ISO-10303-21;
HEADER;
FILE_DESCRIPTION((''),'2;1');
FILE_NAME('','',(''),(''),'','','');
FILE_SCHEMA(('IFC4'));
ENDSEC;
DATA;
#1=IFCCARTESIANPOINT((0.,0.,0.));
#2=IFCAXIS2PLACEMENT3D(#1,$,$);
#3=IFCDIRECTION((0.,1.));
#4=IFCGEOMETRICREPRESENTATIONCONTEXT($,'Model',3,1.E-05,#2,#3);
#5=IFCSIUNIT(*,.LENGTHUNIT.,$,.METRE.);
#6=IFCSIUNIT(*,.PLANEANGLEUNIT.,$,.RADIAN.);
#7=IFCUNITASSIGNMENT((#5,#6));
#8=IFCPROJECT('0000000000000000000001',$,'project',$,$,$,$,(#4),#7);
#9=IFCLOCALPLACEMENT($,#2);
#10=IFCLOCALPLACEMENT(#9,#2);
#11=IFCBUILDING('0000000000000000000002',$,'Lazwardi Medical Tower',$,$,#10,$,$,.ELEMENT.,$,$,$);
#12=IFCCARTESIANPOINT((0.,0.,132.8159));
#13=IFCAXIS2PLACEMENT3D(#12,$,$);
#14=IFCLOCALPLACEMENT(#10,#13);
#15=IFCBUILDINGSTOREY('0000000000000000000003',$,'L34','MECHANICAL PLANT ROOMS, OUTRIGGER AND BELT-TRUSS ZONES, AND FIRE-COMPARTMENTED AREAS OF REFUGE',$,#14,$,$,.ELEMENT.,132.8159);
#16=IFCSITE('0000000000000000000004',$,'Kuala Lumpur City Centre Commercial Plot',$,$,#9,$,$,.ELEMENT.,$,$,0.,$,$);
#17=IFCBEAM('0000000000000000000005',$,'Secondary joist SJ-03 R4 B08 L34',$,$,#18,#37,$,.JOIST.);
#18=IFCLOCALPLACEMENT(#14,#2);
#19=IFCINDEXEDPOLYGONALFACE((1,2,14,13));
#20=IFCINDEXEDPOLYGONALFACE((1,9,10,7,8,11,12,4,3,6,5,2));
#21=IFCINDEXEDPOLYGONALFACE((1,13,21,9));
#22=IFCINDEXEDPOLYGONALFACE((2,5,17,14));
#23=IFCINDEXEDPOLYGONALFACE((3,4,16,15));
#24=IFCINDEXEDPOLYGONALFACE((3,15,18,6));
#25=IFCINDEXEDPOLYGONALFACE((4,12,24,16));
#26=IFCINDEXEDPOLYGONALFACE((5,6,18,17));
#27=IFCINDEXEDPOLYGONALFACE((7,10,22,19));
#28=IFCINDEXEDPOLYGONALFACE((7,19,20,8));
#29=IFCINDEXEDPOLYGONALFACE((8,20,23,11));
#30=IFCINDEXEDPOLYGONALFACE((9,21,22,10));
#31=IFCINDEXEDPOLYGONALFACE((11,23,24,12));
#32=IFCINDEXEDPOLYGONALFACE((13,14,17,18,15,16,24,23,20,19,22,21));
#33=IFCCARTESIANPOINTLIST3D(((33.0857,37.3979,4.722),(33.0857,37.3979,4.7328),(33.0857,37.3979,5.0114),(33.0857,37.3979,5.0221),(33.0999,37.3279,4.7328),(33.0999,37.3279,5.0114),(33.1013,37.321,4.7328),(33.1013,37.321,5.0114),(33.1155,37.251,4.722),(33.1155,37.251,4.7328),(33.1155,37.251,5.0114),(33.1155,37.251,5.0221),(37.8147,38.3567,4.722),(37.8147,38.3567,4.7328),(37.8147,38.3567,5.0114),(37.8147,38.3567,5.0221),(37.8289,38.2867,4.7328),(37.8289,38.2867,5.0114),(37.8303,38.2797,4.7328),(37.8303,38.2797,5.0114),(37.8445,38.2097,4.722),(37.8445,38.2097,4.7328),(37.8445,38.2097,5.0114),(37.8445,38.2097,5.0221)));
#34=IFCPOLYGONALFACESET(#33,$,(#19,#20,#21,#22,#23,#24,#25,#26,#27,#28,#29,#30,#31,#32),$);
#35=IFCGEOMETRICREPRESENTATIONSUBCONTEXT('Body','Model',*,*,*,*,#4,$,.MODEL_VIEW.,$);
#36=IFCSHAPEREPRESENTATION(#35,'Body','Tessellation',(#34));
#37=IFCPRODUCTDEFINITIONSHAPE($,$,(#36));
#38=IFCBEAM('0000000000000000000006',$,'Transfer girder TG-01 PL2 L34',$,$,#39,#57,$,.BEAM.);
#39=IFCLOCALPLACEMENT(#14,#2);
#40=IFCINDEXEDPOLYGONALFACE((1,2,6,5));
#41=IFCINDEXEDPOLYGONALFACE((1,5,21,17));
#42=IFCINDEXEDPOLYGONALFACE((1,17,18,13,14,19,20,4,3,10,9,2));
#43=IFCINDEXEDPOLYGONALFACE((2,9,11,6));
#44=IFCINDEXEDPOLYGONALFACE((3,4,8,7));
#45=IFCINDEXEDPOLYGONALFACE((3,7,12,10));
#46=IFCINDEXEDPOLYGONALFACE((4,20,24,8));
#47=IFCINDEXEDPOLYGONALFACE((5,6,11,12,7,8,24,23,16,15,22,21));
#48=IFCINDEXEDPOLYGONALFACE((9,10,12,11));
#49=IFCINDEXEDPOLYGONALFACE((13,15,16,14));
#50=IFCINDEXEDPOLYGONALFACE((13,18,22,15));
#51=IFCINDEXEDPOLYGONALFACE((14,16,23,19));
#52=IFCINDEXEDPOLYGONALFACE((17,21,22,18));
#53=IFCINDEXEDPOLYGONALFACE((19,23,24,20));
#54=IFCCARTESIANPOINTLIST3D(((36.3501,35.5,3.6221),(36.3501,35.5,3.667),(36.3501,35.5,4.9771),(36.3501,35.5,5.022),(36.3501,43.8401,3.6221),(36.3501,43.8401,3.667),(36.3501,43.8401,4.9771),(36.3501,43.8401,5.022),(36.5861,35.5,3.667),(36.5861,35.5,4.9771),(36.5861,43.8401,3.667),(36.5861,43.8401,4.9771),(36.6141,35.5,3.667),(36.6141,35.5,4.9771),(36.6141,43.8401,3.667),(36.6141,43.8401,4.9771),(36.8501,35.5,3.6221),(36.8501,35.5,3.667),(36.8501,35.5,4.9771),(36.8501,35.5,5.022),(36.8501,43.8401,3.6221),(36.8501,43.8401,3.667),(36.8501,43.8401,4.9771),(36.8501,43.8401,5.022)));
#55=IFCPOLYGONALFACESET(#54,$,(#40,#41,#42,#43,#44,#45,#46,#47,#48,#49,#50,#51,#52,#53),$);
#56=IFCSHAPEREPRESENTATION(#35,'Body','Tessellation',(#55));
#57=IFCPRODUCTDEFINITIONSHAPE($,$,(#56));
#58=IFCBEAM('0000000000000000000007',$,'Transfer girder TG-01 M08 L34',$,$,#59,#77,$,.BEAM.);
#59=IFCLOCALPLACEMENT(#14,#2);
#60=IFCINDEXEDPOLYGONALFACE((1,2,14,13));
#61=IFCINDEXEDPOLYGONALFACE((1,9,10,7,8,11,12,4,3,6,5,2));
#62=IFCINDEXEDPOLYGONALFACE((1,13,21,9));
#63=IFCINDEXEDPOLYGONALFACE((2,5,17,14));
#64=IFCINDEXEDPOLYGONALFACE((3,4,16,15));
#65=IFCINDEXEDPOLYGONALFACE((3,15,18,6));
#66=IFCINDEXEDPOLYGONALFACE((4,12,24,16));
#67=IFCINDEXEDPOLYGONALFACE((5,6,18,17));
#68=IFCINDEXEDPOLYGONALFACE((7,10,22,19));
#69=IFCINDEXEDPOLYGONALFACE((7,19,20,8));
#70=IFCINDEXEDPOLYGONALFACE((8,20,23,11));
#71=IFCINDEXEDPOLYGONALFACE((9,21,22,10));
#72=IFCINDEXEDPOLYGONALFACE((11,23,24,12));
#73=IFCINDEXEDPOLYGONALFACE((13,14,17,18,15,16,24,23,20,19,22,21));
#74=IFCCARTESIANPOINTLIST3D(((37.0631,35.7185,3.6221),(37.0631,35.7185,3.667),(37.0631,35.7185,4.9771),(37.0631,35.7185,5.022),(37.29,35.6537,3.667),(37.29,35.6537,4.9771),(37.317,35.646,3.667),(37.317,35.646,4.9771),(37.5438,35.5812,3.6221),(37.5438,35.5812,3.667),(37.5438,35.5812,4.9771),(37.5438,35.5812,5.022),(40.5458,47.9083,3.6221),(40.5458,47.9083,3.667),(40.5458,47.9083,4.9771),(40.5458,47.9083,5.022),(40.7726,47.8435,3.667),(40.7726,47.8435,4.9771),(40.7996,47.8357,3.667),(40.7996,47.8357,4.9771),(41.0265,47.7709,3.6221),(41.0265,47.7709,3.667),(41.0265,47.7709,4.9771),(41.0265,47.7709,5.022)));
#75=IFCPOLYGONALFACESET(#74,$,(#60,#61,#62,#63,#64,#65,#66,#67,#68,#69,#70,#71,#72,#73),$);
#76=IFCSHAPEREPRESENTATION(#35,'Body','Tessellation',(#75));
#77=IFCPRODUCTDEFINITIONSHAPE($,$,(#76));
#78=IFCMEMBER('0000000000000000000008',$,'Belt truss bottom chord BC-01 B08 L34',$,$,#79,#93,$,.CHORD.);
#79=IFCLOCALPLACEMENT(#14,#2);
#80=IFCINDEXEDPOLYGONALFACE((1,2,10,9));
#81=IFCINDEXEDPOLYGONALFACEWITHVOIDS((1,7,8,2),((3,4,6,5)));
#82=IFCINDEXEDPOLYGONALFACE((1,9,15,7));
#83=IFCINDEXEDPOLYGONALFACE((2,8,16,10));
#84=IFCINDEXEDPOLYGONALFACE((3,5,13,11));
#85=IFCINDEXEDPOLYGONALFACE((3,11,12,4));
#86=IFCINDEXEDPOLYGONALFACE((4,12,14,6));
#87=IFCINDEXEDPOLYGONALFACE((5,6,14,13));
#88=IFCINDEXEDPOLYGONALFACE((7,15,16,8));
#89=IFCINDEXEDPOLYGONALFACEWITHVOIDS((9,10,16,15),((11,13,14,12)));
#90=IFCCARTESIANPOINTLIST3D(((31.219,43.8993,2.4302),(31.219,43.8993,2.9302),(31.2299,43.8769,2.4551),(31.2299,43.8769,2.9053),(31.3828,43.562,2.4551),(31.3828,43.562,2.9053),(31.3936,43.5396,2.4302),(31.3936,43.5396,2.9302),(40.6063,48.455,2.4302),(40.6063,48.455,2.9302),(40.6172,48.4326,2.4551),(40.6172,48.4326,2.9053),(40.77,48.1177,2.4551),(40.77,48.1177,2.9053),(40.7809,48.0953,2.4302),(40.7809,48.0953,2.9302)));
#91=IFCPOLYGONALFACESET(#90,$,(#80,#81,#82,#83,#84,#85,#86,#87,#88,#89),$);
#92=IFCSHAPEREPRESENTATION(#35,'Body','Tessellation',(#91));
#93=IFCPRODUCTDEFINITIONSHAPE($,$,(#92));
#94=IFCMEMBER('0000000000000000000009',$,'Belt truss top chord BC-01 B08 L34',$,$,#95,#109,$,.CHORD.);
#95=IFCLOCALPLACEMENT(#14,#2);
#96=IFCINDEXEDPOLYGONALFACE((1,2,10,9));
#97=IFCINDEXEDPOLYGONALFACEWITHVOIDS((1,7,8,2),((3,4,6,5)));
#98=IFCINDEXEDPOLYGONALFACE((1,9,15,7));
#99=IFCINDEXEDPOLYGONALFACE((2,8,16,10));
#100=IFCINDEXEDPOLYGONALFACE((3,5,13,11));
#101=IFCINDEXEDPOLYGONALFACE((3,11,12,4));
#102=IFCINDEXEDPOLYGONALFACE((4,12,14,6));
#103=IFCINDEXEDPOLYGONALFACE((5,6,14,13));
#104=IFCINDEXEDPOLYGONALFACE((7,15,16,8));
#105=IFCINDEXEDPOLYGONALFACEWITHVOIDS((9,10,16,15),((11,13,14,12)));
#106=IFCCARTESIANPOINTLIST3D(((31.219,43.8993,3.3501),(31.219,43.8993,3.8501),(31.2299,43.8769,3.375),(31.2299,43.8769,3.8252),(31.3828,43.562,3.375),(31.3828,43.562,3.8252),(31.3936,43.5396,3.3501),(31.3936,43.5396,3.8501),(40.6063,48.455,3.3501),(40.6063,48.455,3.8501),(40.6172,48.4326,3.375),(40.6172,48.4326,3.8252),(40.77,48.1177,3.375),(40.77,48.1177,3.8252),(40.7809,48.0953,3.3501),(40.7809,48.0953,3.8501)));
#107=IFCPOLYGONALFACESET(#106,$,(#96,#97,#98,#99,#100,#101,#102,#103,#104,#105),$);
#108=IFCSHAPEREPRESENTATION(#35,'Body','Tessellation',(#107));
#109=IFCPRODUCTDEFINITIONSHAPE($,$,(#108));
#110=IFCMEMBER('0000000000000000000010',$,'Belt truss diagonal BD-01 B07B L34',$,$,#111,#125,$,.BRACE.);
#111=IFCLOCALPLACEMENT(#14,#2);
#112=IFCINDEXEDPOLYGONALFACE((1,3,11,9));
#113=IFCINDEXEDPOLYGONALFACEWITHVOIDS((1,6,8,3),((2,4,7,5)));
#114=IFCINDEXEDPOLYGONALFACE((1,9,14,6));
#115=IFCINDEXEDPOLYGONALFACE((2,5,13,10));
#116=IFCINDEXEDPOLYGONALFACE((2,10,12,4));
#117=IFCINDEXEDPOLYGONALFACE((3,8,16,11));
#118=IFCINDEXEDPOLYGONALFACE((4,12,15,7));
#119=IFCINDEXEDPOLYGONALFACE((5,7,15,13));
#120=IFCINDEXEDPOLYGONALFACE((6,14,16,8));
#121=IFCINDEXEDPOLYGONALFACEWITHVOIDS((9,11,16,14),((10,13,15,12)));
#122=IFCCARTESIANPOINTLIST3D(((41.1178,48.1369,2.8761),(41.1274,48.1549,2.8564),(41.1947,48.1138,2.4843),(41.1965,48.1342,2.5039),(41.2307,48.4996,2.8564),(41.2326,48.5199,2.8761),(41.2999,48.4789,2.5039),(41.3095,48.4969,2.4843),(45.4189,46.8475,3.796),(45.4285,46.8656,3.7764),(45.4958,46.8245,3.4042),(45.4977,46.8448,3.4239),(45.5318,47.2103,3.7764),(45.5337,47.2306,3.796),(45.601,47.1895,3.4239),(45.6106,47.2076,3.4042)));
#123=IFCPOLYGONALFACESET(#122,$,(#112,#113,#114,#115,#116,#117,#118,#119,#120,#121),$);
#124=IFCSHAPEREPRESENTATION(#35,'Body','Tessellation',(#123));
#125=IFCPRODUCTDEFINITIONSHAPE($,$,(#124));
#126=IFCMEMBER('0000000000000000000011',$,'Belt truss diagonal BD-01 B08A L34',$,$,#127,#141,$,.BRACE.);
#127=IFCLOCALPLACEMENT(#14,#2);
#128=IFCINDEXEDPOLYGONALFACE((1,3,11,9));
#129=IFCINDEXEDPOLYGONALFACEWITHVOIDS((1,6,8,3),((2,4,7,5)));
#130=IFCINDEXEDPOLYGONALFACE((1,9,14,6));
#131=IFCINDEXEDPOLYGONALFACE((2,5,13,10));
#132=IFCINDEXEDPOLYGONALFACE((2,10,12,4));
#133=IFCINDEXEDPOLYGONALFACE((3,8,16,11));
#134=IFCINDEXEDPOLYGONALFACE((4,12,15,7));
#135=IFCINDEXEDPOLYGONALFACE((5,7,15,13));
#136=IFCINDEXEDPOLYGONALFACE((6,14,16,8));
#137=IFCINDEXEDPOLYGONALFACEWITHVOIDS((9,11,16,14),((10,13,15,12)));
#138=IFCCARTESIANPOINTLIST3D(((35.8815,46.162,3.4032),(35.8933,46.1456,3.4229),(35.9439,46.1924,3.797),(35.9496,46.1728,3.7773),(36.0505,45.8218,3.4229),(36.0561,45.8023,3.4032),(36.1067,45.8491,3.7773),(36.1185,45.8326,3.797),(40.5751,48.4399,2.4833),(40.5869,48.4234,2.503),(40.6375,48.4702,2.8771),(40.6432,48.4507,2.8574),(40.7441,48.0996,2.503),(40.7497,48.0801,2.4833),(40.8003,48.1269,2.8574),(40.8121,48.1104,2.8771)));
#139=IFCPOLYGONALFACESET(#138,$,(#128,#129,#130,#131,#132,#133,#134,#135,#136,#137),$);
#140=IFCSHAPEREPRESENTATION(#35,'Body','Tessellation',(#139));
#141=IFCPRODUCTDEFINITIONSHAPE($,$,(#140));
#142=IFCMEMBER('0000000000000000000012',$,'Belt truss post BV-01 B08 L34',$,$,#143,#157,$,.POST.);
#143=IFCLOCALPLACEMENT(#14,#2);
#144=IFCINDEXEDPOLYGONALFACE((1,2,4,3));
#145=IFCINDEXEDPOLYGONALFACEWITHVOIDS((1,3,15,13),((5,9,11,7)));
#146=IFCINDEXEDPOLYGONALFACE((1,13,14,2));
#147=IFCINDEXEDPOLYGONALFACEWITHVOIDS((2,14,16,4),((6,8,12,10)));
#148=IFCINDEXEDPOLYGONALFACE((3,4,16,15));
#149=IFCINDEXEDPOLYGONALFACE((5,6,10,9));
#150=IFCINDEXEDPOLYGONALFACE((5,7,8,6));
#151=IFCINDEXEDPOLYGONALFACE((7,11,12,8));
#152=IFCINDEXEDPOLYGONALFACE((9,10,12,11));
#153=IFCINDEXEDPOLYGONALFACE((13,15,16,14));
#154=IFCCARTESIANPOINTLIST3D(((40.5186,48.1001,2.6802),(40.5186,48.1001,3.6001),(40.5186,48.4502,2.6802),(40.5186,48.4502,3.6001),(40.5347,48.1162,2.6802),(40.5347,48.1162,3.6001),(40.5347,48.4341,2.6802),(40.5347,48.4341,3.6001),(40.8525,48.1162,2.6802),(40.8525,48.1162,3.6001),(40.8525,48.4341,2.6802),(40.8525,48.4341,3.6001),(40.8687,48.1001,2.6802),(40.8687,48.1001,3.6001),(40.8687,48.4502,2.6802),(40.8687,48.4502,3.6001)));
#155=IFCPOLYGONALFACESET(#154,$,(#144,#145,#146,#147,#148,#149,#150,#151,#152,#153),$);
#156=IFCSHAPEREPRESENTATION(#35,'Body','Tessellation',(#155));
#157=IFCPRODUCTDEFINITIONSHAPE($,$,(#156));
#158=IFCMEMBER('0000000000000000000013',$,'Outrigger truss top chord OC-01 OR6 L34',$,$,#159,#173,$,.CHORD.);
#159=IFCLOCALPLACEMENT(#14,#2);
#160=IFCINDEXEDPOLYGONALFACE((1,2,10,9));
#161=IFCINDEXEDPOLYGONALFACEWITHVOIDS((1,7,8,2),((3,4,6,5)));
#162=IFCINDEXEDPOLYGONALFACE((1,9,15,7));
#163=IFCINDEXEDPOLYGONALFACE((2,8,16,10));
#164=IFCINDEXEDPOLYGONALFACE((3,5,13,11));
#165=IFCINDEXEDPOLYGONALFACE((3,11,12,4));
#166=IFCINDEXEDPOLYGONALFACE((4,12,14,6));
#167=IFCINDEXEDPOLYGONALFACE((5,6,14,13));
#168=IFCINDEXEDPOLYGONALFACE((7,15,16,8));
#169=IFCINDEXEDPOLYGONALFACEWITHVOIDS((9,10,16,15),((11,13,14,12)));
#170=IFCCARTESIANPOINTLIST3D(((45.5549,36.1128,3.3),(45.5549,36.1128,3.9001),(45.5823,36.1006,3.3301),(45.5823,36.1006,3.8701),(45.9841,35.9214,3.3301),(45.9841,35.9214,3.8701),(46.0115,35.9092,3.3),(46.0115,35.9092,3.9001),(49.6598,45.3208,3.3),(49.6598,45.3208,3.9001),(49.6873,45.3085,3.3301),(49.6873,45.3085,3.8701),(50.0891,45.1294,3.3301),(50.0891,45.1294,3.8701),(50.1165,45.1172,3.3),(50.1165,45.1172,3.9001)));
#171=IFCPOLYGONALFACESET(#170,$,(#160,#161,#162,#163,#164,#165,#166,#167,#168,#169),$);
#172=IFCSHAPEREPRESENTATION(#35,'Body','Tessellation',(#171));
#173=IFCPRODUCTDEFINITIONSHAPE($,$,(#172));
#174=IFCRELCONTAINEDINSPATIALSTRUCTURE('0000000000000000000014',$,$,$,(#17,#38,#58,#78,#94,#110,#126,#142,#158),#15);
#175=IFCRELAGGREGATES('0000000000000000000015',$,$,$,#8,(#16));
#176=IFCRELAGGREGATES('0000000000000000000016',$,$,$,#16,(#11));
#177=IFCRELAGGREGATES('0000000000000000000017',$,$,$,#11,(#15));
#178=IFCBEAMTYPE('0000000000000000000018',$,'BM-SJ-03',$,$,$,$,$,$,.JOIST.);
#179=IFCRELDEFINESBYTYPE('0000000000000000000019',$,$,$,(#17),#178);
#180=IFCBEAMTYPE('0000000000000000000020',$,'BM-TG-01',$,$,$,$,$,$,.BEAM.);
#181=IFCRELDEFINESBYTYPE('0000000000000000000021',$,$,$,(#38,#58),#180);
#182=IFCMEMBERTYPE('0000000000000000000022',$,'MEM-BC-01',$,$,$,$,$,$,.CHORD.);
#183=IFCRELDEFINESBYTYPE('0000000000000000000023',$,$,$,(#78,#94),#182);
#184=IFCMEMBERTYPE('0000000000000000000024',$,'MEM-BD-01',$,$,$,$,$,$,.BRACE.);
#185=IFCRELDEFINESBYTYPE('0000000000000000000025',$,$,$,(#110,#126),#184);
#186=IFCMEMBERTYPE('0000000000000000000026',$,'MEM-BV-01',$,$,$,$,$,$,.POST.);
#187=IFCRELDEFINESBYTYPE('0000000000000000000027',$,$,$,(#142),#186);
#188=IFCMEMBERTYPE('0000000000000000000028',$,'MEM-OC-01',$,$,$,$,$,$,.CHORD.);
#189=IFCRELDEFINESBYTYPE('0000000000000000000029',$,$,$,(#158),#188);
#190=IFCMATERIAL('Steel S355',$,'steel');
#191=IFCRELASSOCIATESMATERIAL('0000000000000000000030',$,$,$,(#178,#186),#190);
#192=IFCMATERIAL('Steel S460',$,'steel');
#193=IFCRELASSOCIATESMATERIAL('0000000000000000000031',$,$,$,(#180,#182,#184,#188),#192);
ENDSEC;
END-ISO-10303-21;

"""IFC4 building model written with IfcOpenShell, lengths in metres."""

from ifc_helpers import new_model, si_unit, direction, frame, origin, origin_2d, place, context, subcontext, project, spatial, hollow_rectangle, i_section, extrude, material, material_profile, profile_set, type_object, element, save


model = new_model("IFC4")

# Units and contexts
model_context = context("Model", 3, precision=1e-05, world=origin(), true_north=direction((0.0, 1.0)))
body_context = subcontext(model_context, "Body", "Model", "MODEL_VIEW")
ifc_project = project(units=[si_unit("LENGTHUNIT", "METRE"), si_unit("PLANEANGLEUNIT", "RADIAN")], contexts=[model_context])

# Site, building, storey
site_placement = place(None, origin())
site = spatial("IfcSite", under=ifc_project, at=site_placement, Name="Kuala Lumpur City Centre Commercial Plot", CompositionType="ELEMENT", RefElevation=0.0)
building_placement = place(site_placement, origin())
building = spatial("IfcBuilding", under=site, at=building_placement, Name="Lazwardi Medical Tower", CompositionType="ELEMENT")
storey_placement = place(building_placement, frame((0.0, 0.0, 132.8159)))
storey = spatial("IfcBuildingStorey", under=building, at=storey_placement, Name="L34", Description="MECHANICAL PLANT ROOMS, OUTRIGGER AND BELT-TRUSS ZONES, AND FIRE-COMPARTMENTED AREAS OF REFUGE", CompositionType="ELEMENT", Elevation=132.8159)

# Beams
ifc_material_1 = material(Name="Steel S355", Category="steel")
ifc_material_profile_1 = material_profile(ifc_material_1, i_section(OverallWidth=0.1499, OverallDepth=0.3, WebThickness=0.0071, FlangeThickness=0.0107, at=origin_2d()), Name="IPE 300")
ifc_profile_set_1 = profile_set([ifc_material_profile_1], Name="Steel S355")
beam_type_1 = type_object("IfcBeamType", Name="BM-SJ-03", PredefinedType="JOIST", material=ifc_profile_set_1)
beam_1_placement = place(storey_placement, frame((37.8296, 38.2832, 4.8721), z_axis=(-0.980062, -0.198694, 0.0), x_axis=(0.198694, -0.980062, 0.0)))
element("IfcBeam", 1, at=beam_1_placement, inside=storey, type_object=beam_type_1, Name="Secondary joist SJ-03 R4 B08 L34", PredefinedType="JOIST", context=body_context, shape_type="SweptSolid", body=[
    extrude(i_section(OverallWidth=0.1499, OverallDepth=0.3, WebThickness=0.0071, FlangeThickness=0.0107, at=origin_2d()), origin(), (0.0, 0.0, 1.0), 4.8252),
])
ifc_material_2 = material(Name="Steel S460", Category="steel")
ifc_material_profile_2 = material_profile(ifc_material_2, i_section(OverallWidth=0.5, OverallDepth=1.3999, WebThickness=0.0281, FlangeThickness=0.0449, at=origin_2d()), Name="PG 1400x500")
ifc_profile_set_2 = profile_set([ifc_material_profile_2], Name="Steel S460")
beam_type_2 = type_object("IfcBeamType", Name="BM-TG-01", PredefinedType="BEAM", material=ifc_profile_set_2)
beam_2_placement = place(storey_placement, frame((36.6001, 43.8401, 4.322), z_axis=(0.0, -1.0, 0.0), x_axis=(1.0, 0.0, 0.0)))
element("IfcBeam", 2, at=beam_2_placement, inside=storey, type_object=beam_type_2, Name="Transfer girder TG-01 PL2 L34", PredefinedType="BEAM", context=body_context, shape_type="SweptSolid", body=[
    extrude(i_section(OverallWidth=0.5, OverallDepth=1.3999, WebThickness=0.0281, FlangeThickness=0.0449, at=origin_2d()), origin(), (0.0, 0.0, 1.0), 8.3401),
])
beam_3_placement = place(storey_placement, frame((40.7861, 47.8396, 4.322), z_axis=(-0.274713, -0.961526, 0.0), x_axis=(0.961526, -0.274713, 0.0)))
element("IfcBeam", 3, at=beam_3_placement, inside=storey, type_object=beam_type_2, Name="Transfer girder TG-01 M08 L34", PredefinedType="BEAM", context=body_context, shape_type="SweptSolid", body=[
    extrude(i_section(OverallWidth=0.5, OverallDepth=1.3999, WebThickness=0.0281, FlangeThickness=0.0449, at=origin_2d()), origin(), (0.0, 0.0, 1.0), 12.6775),
])

# Members
ifc_material_profile_3 = material_profile(ifc_material_2, hollow_rectangle(XDim=0.3999, YDim=0.5, WallThickness=0.0249, at=origin_2d()), Name="RHS 500x400x25")
ifc_profile_set_3 = profile_set([ifc_material_profile_3], Name="Steel S460")
member_type_1 = type_object("IfcMemberType", Name="MEM-BC-01", PredefinedType="CHORD", material=ifc_profile_set_3)
for number, where, z_axis, x_axis, name in (
    (4, (40.6936, 48.2751, 2.6802), (-0.899653, -0.436606, 0.0), (0.436606, -0.899653, 0.0), "Belt truss bottom chord BC-01 B08 L34"),
    (5, (40.6936, 48.2751, 3.6001), (-0.899653, -0.436606, 0.0), (0.436606, -0.899653, 0.0), "Belt truss top chord BC-01 B08 L34"),
):
    element("IfcMember", number, at=place(storey_placement, frame(where, z_axis=z_axis, x_axis=x_axis)), inside=storey, type_object=member_type_1, Name=name, PredefinedType="CHORD", context=body_context, shape_type="SweptSolid", body=[
        extrude(hollow_rectangle(XDim=0.3999, YDim=0.5, WallThickness=0.0249, at=origin_2d()), origin(), (0.0, 0.0, 1.0), 10.4343),
    ])
ifc_material_profile_4 = material_profile(ifc_material_2, hollow_rectangle(XDim=0.3999, YDim=0.3999, WallThickness=0.02, at=origin_2d()), Name="RHS 400x400x20")
ifc_profile_set_4 = profile_set([ifc_material_profile_4], Name="Steel S460")
member_type_2 = type_object("IfcMemberType", Name="MEM-BD-01", PredefinedType="BRACE", material=ifc_profile_set_4)
member_1_placement = place(storey_placement, frame((41.2136, 48.3169, 2.6802), z_axis=(0.938396, -0.2813, 0.200708), x_axis=(0.287143, 0.957888, 0.0)))
element("IfcMember", 6, at=member_1_placement, inside=storey, type_object=member_type_2, Name="Belt truss diagonal BD-01 B07B L34", PredefinedType="BRACE", context=body_context, shape_type="SweptSolid", body=[
    extrude(hollow_rectangle(XDim=0.3999, YDim=0.3999, WallThickness=0.02, at=origin_2d()), origin(), (0.0, 0.0, 1.0), 4.5835),
])
member_2_placement = place(storey_placement, frame((40.6936, 48.2751, 2.6802), z_axis=(-0.885985, -0.429973, 0.173648), x_axis=(0.436606, -0.899653, 0.0)))
element("IfcMember", 7, at=member_2_placement, inside=storey, type_object=member_type_2, Name="Belt truss diagonal BD-01 B08A L34", PredefinedType="BRACE", context=body_context, shape_type="SweptSolid", body=[
    extrude(hollow_rectangle(XDim=0.3999, YDim=0.3999, WallThickness=0.02, at=origin_2d()), origin(), (0.0, 0.0, 1.0), 5.2976),
])
ifc_material_profile_5 = material_profile(ifc_material_1, hollow_rectangle(XDim=0.3501, YDim=0.3501, WallThickness=0.0161, at=origin_2d()), Name="RHS 350x350x16")
ifc_profile_set_5 = profile_set([ifc_material_profile_5], Name="Steel S355")
member_type_3 = type_object("IfcMemberType", Name="MEM-BV-01", PredefinedType="POST", material=ifc_profile_set_5)
member_3_placement = place(storey_placement, frame((40.6936, 48.2751, 2.6802), z_axis=(0.0, 0.0, 1.0), x_axis=(1.0, 0.0, 0.0)))
element("IfcMember", 8, at=member_3_placement, inside=storey, type_object=member_type_3, Name="Belt truss post BV-01 B08 L34", PredefinedType="POST", context=body_context, shape_type="SweptSolid", body=[
    extrude(hollow_rectangle(XDim=0.3501, YDim=0.3501, WallThickness=0.0161, at=origin_2d()), origin(), (0.0, 0.0, 1.0), 0.9199),
])
ifc_material_profile_6 = material_profile(ifc_material_2, hollow_rectangle(XDim=0.5, YDim=0.6001, WallThickness=0.03, at=origin_2d()), Name="RHS 600x500x30")
ifc_profile_set_6 = profile_set([ifc_material_profile_6], Name="Steel S460")
member_type_4 = type_object("IfcMemberType", Name="MEM-OC-01", PredefinedType="CHORD", material=ifc_profile_set_6)
member_4_placement = place(storey_placement, frame((45.7832, 36.011, 3.6001), z_axis=(0.407176, 0.91335, 0.0), x_axis=(-0.91335, 0.407176, 0.0)))
element("IfcMember", 9, at=member_4_placement, inside=storey, type_object=member_type_4, Name="Outrigger truss top chord OC-01 OR6 L34", PredefinedType="CHORD", context=body_context, shape_type="SweptSolid", body=[
    extrude(hollow_rectangle(XDim=0.5, YDim=0.6001, WallThickness=0.03, at=origin_2d()), origin(), (0.0, 0.0, 1.0), 10.0815),
])

save(model, "model.ifc")
